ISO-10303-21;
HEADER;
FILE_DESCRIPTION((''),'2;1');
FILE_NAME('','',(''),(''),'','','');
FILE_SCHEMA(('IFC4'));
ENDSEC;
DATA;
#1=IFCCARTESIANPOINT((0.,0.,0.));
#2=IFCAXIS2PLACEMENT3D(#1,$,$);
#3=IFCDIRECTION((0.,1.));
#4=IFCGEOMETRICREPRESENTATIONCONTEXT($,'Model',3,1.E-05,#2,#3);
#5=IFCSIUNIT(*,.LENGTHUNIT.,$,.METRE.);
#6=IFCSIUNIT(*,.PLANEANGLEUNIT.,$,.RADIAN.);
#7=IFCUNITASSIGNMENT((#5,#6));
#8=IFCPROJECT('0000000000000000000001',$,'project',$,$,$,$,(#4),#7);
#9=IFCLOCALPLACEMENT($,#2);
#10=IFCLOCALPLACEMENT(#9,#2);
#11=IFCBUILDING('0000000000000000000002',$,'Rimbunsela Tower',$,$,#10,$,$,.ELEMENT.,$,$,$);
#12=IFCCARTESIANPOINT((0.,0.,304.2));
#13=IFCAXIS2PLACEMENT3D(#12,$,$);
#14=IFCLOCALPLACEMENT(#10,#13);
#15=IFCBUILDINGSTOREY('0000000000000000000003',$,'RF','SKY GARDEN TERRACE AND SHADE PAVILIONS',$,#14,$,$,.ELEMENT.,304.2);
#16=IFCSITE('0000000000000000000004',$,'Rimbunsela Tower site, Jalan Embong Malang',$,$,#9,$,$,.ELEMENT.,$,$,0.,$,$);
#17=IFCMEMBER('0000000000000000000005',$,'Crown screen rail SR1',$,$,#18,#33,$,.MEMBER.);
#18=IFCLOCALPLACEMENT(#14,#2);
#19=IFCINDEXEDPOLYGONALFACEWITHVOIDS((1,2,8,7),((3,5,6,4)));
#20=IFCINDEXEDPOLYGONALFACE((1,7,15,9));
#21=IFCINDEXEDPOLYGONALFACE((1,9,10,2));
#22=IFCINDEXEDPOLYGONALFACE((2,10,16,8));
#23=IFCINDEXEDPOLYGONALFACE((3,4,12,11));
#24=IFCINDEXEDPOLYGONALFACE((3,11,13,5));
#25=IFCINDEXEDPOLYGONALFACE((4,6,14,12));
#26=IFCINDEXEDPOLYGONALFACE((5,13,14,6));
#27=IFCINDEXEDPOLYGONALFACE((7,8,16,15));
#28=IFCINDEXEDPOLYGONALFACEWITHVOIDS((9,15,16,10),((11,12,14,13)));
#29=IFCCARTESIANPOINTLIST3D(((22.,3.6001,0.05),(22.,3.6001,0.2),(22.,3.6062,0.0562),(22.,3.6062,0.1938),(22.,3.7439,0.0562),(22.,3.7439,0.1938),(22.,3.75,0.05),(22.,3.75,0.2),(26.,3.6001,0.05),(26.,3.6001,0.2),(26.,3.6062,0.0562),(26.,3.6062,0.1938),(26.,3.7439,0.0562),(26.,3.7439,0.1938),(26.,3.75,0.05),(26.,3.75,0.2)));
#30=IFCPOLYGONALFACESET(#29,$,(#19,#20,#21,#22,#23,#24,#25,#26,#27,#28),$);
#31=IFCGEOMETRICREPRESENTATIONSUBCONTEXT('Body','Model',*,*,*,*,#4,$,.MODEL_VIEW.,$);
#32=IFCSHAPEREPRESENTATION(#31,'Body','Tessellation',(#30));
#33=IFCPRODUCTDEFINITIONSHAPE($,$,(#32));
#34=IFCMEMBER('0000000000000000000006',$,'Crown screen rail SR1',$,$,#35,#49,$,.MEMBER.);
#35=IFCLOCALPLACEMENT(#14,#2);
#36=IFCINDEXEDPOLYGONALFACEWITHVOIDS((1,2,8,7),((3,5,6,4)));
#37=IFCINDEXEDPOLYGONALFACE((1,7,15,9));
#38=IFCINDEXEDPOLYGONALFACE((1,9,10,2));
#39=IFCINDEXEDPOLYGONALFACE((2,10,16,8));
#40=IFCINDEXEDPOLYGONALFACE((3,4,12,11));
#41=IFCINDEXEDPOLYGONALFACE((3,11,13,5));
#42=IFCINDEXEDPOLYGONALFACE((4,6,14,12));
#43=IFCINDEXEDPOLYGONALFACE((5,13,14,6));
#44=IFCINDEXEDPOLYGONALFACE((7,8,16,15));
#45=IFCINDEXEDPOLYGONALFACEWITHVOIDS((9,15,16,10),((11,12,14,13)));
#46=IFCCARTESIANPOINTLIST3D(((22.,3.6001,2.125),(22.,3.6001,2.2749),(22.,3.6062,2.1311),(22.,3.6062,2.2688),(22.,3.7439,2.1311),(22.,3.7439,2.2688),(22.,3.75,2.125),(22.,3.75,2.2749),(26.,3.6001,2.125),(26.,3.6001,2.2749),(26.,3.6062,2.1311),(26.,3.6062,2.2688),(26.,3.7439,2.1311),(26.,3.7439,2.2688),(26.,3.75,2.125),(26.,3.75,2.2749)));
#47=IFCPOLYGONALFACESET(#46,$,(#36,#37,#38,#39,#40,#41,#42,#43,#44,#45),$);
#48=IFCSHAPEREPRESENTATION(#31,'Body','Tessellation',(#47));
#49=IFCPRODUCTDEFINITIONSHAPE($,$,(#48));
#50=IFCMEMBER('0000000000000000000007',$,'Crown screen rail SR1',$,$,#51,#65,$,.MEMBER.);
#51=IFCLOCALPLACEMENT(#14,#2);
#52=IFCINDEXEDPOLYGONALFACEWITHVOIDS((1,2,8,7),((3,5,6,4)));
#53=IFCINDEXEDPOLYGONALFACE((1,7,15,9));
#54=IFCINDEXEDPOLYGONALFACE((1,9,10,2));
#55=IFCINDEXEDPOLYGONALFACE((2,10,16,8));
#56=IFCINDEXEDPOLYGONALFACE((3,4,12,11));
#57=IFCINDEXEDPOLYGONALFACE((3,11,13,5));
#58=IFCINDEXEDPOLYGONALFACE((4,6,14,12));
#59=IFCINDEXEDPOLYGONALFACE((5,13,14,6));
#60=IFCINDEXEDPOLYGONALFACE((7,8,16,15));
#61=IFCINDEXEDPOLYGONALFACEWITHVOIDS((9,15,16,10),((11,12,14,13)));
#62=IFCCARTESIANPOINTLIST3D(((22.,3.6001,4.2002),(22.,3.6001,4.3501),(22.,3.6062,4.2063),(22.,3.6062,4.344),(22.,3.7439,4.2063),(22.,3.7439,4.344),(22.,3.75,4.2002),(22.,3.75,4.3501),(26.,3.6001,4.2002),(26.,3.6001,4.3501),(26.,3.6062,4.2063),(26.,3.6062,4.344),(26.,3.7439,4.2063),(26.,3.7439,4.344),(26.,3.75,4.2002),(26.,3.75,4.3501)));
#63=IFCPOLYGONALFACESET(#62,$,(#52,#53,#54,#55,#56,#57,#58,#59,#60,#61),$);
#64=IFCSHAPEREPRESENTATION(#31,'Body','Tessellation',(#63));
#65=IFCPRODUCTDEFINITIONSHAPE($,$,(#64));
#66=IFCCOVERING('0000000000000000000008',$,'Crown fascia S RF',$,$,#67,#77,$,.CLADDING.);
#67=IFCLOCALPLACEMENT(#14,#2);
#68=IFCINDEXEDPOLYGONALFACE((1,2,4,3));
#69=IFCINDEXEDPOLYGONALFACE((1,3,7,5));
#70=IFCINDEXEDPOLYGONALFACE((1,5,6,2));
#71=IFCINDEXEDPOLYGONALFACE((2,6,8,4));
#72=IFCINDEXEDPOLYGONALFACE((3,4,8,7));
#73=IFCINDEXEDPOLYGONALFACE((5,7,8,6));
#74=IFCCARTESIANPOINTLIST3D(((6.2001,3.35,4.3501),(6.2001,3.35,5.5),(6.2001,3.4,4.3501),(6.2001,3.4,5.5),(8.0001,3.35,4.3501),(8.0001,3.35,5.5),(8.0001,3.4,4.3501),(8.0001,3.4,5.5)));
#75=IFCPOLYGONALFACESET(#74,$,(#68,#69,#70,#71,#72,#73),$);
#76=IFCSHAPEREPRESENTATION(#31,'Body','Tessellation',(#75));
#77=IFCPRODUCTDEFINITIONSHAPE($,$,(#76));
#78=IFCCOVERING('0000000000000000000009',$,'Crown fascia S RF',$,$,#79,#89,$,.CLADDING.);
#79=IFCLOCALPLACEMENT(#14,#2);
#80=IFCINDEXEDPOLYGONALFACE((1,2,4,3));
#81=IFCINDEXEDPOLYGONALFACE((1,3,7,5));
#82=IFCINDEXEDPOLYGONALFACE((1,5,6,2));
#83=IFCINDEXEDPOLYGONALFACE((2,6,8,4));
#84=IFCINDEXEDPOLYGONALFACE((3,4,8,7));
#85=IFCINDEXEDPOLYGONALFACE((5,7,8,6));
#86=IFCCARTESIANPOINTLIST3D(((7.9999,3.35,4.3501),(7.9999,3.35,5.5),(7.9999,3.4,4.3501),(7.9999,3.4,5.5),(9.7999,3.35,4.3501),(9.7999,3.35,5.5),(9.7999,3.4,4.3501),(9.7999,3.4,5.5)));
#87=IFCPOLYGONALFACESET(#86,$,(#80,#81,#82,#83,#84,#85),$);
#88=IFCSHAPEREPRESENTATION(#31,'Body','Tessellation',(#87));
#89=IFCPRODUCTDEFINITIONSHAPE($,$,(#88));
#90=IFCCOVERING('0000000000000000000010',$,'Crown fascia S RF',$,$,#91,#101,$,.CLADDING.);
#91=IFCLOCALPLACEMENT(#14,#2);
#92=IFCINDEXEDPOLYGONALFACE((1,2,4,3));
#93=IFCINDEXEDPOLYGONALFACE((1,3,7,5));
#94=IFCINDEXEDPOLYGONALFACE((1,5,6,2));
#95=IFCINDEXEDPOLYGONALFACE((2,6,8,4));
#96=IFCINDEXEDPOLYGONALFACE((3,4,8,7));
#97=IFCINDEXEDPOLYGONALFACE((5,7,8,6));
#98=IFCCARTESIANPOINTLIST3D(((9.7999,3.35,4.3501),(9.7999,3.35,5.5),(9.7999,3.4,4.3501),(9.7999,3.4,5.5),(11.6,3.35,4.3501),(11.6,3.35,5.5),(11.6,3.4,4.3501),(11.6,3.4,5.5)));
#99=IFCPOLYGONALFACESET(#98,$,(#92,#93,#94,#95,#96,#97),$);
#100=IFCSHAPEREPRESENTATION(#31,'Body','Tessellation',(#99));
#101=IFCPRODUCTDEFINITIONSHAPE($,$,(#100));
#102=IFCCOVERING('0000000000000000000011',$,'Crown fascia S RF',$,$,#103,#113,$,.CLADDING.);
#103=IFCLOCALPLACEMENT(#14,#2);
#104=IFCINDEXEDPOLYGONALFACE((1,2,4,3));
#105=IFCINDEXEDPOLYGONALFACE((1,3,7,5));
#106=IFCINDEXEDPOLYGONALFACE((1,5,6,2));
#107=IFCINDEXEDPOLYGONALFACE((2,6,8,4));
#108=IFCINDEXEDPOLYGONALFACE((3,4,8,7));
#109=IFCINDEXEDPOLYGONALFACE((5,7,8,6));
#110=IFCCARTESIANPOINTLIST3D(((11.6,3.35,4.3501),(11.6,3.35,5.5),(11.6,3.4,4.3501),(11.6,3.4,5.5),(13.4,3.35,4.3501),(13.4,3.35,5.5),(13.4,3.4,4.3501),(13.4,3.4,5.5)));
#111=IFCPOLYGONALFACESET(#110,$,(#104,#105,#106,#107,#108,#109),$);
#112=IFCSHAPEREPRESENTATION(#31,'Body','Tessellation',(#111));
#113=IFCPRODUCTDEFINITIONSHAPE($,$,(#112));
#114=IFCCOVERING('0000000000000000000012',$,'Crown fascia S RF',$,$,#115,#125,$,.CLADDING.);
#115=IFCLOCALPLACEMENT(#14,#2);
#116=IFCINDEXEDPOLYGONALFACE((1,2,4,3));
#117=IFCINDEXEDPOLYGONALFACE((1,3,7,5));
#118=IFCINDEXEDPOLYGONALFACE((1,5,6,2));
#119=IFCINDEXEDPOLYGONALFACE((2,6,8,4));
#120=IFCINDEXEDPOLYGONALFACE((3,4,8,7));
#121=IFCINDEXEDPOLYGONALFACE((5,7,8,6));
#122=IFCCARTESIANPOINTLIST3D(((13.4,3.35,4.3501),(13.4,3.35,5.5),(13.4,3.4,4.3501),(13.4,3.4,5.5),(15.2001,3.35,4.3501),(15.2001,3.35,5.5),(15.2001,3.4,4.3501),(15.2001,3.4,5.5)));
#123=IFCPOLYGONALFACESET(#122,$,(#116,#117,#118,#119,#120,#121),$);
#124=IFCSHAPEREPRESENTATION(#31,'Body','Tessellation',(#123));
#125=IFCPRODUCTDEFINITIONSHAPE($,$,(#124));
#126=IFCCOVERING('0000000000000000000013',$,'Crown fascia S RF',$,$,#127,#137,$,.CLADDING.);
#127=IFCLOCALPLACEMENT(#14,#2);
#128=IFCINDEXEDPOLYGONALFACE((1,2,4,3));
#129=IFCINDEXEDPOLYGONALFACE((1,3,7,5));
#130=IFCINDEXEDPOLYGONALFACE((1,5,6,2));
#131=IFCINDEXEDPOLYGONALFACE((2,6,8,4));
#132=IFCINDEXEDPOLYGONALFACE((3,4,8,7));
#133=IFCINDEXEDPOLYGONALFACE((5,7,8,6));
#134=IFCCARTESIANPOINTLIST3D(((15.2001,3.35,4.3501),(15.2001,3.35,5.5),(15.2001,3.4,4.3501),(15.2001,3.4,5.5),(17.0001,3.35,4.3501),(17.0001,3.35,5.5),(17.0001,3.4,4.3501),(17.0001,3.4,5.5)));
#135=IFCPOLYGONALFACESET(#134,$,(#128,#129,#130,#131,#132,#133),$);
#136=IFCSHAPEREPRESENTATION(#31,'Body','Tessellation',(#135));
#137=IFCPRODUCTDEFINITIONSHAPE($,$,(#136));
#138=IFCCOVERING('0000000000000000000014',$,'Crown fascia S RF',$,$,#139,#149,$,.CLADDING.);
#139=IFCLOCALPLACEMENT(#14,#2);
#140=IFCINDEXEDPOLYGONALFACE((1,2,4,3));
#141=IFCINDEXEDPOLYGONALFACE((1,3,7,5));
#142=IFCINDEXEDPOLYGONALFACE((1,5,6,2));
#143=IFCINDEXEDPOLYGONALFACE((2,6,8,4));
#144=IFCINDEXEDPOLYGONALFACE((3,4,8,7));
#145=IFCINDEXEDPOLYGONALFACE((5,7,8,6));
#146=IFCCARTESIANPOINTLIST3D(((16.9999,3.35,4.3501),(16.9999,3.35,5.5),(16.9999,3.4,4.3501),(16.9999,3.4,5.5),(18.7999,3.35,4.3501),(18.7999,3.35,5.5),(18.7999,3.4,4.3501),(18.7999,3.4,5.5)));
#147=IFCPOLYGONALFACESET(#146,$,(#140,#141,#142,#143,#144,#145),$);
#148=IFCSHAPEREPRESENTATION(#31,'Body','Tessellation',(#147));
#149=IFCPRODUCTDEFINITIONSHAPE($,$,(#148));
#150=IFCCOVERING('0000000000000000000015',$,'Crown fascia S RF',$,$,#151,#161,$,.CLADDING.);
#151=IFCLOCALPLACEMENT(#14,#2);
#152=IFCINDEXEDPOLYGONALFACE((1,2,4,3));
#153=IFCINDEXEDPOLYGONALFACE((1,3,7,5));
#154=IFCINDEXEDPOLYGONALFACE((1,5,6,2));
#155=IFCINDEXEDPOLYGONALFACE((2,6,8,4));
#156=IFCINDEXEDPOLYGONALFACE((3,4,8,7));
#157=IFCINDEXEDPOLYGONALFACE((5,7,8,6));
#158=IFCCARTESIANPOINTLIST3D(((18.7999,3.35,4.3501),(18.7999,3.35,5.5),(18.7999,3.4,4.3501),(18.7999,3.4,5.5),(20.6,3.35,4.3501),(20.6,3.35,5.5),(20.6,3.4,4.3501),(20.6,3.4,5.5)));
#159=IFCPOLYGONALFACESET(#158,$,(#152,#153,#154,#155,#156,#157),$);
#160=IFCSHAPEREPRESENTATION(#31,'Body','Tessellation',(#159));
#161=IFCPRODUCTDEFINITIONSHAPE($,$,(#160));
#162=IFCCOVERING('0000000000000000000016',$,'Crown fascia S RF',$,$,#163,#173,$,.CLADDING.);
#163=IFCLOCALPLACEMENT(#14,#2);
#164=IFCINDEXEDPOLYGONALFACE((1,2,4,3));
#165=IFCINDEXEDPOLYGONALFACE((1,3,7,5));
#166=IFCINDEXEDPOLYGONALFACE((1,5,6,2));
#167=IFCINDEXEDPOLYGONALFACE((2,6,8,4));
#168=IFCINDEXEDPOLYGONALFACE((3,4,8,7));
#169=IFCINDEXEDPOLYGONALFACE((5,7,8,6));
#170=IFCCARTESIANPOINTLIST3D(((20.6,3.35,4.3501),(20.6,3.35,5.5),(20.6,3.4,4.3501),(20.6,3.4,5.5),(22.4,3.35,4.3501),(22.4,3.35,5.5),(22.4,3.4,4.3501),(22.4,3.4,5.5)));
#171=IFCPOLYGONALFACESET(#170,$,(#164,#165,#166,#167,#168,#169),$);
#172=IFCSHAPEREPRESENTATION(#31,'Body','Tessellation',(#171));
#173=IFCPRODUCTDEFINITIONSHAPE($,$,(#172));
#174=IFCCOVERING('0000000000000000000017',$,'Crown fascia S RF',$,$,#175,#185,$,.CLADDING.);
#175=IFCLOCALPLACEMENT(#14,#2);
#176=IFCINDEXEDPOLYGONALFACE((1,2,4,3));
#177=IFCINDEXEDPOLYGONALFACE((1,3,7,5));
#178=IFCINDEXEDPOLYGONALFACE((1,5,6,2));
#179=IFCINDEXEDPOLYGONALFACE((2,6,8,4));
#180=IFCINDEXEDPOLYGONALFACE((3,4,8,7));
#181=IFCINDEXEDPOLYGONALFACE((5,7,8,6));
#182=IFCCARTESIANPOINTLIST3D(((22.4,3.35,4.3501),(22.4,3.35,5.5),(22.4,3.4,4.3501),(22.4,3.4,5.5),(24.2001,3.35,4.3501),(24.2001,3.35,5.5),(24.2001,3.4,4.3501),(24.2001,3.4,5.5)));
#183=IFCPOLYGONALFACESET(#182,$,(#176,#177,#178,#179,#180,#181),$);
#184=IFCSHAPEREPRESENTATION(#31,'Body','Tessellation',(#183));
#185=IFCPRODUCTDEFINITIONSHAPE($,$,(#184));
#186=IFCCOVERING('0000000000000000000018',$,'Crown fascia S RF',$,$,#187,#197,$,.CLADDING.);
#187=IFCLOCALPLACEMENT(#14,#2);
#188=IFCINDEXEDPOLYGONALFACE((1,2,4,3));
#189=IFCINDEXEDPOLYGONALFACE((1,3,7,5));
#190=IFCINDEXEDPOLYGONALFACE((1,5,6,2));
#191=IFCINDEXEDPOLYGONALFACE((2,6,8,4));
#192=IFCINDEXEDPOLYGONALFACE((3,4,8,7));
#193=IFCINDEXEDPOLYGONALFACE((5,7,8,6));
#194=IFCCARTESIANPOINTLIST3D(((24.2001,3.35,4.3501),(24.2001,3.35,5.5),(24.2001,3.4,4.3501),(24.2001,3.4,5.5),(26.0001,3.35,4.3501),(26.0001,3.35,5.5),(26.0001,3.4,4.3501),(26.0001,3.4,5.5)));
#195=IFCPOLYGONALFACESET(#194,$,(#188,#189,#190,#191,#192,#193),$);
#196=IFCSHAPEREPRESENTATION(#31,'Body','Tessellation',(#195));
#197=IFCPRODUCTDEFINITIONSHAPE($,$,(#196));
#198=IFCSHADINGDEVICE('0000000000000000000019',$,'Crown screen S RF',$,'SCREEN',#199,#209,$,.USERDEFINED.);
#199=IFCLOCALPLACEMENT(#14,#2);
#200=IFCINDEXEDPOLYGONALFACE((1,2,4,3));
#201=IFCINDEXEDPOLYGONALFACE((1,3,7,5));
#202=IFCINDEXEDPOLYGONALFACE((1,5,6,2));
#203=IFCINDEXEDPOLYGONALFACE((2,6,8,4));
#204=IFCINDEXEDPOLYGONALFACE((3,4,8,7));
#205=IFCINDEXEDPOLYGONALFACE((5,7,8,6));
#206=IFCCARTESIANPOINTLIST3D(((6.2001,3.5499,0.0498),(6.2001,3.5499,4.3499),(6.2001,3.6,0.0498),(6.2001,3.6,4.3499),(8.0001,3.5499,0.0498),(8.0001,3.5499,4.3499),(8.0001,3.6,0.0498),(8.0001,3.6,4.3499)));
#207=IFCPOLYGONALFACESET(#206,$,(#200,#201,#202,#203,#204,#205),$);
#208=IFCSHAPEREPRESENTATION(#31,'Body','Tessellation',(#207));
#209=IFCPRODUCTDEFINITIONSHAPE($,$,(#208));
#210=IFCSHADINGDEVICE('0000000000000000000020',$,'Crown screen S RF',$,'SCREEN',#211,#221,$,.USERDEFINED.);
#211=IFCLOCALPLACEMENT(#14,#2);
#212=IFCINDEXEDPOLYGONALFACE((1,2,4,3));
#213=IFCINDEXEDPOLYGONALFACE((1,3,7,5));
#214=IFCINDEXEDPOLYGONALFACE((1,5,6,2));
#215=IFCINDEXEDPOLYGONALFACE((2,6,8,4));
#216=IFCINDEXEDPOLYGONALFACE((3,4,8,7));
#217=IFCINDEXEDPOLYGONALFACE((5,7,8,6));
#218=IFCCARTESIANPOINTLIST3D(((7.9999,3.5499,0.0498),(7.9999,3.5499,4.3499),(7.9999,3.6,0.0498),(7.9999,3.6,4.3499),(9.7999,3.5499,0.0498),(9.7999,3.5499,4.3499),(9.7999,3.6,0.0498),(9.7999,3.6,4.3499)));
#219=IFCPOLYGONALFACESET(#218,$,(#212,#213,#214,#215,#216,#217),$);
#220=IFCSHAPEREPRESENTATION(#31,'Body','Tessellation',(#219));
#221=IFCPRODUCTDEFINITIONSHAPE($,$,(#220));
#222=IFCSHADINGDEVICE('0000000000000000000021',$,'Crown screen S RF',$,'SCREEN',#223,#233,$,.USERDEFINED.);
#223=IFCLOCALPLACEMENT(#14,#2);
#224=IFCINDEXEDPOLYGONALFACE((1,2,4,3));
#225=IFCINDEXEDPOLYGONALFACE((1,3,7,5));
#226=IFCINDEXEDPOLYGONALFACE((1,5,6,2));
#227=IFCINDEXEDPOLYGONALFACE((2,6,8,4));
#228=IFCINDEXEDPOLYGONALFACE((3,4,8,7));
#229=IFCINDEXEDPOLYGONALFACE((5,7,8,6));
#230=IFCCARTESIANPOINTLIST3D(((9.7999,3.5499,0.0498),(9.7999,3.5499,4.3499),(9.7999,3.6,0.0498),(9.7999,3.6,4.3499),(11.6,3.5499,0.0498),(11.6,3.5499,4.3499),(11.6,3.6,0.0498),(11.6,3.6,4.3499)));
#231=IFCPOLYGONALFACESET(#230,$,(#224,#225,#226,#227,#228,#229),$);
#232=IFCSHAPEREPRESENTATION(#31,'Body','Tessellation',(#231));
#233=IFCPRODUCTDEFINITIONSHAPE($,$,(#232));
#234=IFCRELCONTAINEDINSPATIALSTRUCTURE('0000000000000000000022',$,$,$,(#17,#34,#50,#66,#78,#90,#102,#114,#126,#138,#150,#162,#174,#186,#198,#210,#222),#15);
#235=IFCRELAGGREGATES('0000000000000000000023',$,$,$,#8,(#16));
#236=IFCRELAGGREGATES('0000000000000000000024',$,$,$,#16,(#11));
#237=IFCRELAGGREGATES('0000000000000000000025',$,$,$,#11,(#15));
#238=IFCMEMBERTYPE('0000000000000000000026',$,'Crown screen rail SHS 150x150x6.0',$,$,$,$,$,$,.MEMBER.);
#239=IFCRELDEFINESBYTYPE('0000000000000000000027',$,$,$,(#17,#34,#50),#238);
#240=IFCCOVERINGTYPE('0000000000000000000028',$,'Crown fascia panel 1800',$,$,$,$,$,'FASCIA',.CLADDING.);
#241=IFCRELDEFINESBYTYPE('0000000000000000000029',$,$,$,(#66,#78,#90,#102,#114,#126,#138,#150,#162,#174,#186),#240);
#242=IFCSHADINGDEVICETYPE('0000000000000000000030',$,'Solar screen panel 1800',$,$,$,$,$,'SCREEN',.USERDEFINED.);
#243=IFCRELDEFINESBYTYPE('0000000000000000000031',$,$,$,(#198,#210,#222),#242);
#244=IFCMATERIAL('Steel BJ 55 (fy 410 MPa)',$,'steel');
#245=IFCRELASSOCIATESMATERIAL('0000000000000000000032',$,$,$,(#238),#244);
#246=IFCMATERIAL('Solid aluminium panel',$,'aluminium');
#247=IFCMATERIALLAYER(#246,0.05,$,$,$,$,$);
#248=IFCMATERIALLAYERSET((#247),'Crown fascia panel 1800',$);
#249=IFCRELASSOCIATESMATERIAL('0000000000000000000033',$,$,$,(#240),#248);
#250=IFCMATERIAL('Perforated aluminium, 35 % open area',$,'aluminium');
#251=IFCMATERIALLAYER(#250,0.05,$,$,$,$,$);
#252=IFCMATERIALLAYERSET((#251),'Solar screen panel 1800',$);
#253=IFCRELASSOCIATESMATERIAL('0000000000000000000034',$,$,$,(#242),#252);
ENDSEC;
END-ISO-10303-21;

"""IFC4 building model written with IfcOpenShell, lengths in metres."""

from ifc_helpers import new_model, si_unit, direction, frame, origin, origin_2d, place, context, subcontext, project, spatial, rectangle, hollow_rectangle, extrude, material, layer, layer_set, material_profile, profile_set, type_object, element, save


model = new_model("IFC4")

# Units and contexts
model_context = context("Model", 3, precision=1e-05, world=origin(), true_north=direction((0.0, 1.0)))
body_context = subcontext(model_context, "Body", "Model", "MODEL_VIEW")
ifc_project = project(units=[si_unit("LENGTHUNIT", "METRE"), si_unit("PLANEANGLEUNIT", "RADIAN")], contexts=[model_context])

# Site, building, storey
site_placement = place(None, origin())
site = spatial("IfcSite", under=ifc_project, at=site_placement, Name="Rimbunsela Tower site, Jalan Embong Malang", CompositionType="ELEMENT", RefElevation=0.0)
building_placement = place(site_placement, origin())
building = spatial("IfcBuilding", under=site, at=building_placement, Name="Rimbunsela Tower", CompositionType="ELEMENT")
storey_placement = place(building_placement, frame((0.0, 0.0, 304.2)))
storey = spatial("IfcBuildingStorey", under=building, at=storey_placement, Name="RF", Description="SKY GARDEN TERRACE AND SHADE PAVILIONS", CompositionType="ELEMENT", Elevation=304.2)

# Members
ifc_material_1 = material(Name="Steel BJ 55 (fy 410 MPa)", Category="steel")
ifc_material_profile_1 = material_profile(ifc_material_1, hollow_rectangle(XDim=0.1499, YDim=0.1499, WallThickness=0.0061, at=origin_2d()), Name="SHS 150x150x6.0")
ifc_profile_set_1 = profile_set([ifc_material_profile_1], Name="Steel BJ 55 (fy 410 MPa)")
member_type = type_object("IfcMemberType", Name="Crown screen rail SHS 150x150x6.0", PredefinedType="MEMBER", material=ifc_profile_set_1)
for number, where, z_axis, x_axis, name in (
    (1, (22.0, 3.675, 0.125), (1.0, 0.0, 0.0), (0.0, 1.0, 0.0), "Crown screen rail SR1"),
    (2, (22.0, 3.675, 2.2), (1.0, 0.0, 0.0), (0.0, 1.0, 0.0), "Crown screen rail SR1"),
    (3, (22.0, 3.675, 4.2751), (1.0, 0.0, 0.0), (0.0, 1.0, 0.0), "Crown screen rail SR1"),
):
    element("IfcMember", number, at=place(storey_placement, frame(where, z_axis=z_axis, x_axis=x_axis)), inside=storey, type_object=member_type, Name=name, PredefinedType="MEMBER", context=body_context, shape_type="SweptSolid", body=[
        extrude(hollow_rectangle(XDim=0.1499, YDim=0.1499, WallThickness=0.0061, at=origin_2d()), origin(), (0.0, 0.0, 1.0), 4.0),
    ])

# Coverings
ifc_material_2 = material(Name="Solid aluminium panel", Category="aluminium")
ifc_layer_1 = layer(ifc_material_2, 0.05)
ifc_layer_set_1 = layer_set([ifc_layer_1], Name="Crown fascia panel 1800")
covering_type = type_object("IfcCoveringType", Name="Crown fascia panel 1800", ElementType="FASCIA", PredefinedType="CLADDING", material=ifc_layer_set_1)
for number, where, z_axis, x_axis, name in (
    (4, (7.1001, 3.375, 4.3501), (0.0, 0.0, 1.0), (1.0, 0.0, 0.0), "Crown fascia S RF"),
    (5, (8.8999, 3.375, 4.3501), (0.0, 0.0, 1.0), (1.0, 0.0, 0.0), "Crown fascia S RF"),
    (6, (10.7, 3.375, 4.3501), (0.0, 0.0, 1.0), (1.0, 0.0, 0.0), "Crown fascia S RF"),
    (7, (12.5, 3.375, 4.3501), (0.0, 0.0, 1.0), (1.0, 0.0, 0.0), "Crown fascia S RF"),
    (8, (14.3, 3.375, 4.3501), (0.0, 0.0, 1.0), (1.0, 0.0, 0.0), "Crown fascia S RF"),
    (9, (16.1001, 3.375, 4.3501), (0.0, 0.0, 1.0), (1.0, 0.0, 0.0), "Crown fascia S RF"),
    (10, (17.8999, 3.375, 4.3501), (0.0, 0.0, 1.0), (1.0, 0.0, 0.0), "Crown fascia S RF"),
    (11, (19.7, 3.375, 4.3501), (0.0, 0.0, 1.0), (1.0, 0.0, 0.0), "Crown fascia S RF"),
    (12, (21.5, 3.375, 4.3501), (0.0, 0.0, 1.0), (1.0, 0.0, 0.0), "Crown fascia S RF"),
    (13, (23.3, 3.375, 4.3501), (0.0, 0.0, 1.0), (1.0, 0.0, 0.0), "Crown fascia S RF"),
    (14, (25.1001, 3.375, 4.3501), (0.0, 0.0, 1.0), (1.0, 0.0, 0.0), "Crown fascia S RF"),
):
    element("IfcCovering", number, at=place(storey_placement, frame(where, z_axis=z_axis, x_axis=x_axis)), inside=storey, type_object=covering_type, Name=name, PredefinedType="CLADDING", context=body_context, shape_type="SweptSolid", body=[
        extrude(rectangle(XDim=1.8, YDim=0.05, at=origin_2d()), origin(), (0.0, 0.0, 1.0), 1.1499),
    ])

# Shading devices
ifc_material_3 = material(Name="Perforated aluminium, 35 % open area", Category="aluminium")
ifc_layer_2 = layer(ifc_material_3, 0.05)
ifc_layer_set_2 = layer_set([ifc_layer_2], Name="Solar screen panel 1800")
shading_device_type = type_object("IfcShadingDeviceType", Name="Solar screen panel 1800", ElementType="SCREEN", PredefinedType="USERDEFINED", material=ifc_layer_set_2)
for number, where, z_axis, x_axis, name in (
    (15, (7.1001, 3.575, 0.0498), (0.0, 0.0, 1.0), (1.0, 0.0, 0.0), "Crown screen S RF"),
    (16, (8.8999, 3.575, 0.0498), (0.0, 0.0, 1.0), (1.0, 0.0, 0.0), "Crown screen S RF"),
    (17, (10.7, 3.575, 0.0498), (0.0, 0.0, 1.0), (1.0, 0.0, 0.0), "Crown screen S RF"),
):
    element("IfcShadingDevice", number, at=place(storey_placement, frame(where, z_axis=z_axis, x_axis=x_axis)), inside=storey, type_object=shading_device_type, Name=name, ObjectType="SCREEN", PredefinedType="USERDEFINED", context=body_context, shape_type="SweptSolid", body=[
        extrude(rectangle(XDim=1.8, YDim=0.05, at=origin_2d()), origin(), (0.0, 0.0, 1.0), 4.3),
    ])

save(model, "model.ifc")
